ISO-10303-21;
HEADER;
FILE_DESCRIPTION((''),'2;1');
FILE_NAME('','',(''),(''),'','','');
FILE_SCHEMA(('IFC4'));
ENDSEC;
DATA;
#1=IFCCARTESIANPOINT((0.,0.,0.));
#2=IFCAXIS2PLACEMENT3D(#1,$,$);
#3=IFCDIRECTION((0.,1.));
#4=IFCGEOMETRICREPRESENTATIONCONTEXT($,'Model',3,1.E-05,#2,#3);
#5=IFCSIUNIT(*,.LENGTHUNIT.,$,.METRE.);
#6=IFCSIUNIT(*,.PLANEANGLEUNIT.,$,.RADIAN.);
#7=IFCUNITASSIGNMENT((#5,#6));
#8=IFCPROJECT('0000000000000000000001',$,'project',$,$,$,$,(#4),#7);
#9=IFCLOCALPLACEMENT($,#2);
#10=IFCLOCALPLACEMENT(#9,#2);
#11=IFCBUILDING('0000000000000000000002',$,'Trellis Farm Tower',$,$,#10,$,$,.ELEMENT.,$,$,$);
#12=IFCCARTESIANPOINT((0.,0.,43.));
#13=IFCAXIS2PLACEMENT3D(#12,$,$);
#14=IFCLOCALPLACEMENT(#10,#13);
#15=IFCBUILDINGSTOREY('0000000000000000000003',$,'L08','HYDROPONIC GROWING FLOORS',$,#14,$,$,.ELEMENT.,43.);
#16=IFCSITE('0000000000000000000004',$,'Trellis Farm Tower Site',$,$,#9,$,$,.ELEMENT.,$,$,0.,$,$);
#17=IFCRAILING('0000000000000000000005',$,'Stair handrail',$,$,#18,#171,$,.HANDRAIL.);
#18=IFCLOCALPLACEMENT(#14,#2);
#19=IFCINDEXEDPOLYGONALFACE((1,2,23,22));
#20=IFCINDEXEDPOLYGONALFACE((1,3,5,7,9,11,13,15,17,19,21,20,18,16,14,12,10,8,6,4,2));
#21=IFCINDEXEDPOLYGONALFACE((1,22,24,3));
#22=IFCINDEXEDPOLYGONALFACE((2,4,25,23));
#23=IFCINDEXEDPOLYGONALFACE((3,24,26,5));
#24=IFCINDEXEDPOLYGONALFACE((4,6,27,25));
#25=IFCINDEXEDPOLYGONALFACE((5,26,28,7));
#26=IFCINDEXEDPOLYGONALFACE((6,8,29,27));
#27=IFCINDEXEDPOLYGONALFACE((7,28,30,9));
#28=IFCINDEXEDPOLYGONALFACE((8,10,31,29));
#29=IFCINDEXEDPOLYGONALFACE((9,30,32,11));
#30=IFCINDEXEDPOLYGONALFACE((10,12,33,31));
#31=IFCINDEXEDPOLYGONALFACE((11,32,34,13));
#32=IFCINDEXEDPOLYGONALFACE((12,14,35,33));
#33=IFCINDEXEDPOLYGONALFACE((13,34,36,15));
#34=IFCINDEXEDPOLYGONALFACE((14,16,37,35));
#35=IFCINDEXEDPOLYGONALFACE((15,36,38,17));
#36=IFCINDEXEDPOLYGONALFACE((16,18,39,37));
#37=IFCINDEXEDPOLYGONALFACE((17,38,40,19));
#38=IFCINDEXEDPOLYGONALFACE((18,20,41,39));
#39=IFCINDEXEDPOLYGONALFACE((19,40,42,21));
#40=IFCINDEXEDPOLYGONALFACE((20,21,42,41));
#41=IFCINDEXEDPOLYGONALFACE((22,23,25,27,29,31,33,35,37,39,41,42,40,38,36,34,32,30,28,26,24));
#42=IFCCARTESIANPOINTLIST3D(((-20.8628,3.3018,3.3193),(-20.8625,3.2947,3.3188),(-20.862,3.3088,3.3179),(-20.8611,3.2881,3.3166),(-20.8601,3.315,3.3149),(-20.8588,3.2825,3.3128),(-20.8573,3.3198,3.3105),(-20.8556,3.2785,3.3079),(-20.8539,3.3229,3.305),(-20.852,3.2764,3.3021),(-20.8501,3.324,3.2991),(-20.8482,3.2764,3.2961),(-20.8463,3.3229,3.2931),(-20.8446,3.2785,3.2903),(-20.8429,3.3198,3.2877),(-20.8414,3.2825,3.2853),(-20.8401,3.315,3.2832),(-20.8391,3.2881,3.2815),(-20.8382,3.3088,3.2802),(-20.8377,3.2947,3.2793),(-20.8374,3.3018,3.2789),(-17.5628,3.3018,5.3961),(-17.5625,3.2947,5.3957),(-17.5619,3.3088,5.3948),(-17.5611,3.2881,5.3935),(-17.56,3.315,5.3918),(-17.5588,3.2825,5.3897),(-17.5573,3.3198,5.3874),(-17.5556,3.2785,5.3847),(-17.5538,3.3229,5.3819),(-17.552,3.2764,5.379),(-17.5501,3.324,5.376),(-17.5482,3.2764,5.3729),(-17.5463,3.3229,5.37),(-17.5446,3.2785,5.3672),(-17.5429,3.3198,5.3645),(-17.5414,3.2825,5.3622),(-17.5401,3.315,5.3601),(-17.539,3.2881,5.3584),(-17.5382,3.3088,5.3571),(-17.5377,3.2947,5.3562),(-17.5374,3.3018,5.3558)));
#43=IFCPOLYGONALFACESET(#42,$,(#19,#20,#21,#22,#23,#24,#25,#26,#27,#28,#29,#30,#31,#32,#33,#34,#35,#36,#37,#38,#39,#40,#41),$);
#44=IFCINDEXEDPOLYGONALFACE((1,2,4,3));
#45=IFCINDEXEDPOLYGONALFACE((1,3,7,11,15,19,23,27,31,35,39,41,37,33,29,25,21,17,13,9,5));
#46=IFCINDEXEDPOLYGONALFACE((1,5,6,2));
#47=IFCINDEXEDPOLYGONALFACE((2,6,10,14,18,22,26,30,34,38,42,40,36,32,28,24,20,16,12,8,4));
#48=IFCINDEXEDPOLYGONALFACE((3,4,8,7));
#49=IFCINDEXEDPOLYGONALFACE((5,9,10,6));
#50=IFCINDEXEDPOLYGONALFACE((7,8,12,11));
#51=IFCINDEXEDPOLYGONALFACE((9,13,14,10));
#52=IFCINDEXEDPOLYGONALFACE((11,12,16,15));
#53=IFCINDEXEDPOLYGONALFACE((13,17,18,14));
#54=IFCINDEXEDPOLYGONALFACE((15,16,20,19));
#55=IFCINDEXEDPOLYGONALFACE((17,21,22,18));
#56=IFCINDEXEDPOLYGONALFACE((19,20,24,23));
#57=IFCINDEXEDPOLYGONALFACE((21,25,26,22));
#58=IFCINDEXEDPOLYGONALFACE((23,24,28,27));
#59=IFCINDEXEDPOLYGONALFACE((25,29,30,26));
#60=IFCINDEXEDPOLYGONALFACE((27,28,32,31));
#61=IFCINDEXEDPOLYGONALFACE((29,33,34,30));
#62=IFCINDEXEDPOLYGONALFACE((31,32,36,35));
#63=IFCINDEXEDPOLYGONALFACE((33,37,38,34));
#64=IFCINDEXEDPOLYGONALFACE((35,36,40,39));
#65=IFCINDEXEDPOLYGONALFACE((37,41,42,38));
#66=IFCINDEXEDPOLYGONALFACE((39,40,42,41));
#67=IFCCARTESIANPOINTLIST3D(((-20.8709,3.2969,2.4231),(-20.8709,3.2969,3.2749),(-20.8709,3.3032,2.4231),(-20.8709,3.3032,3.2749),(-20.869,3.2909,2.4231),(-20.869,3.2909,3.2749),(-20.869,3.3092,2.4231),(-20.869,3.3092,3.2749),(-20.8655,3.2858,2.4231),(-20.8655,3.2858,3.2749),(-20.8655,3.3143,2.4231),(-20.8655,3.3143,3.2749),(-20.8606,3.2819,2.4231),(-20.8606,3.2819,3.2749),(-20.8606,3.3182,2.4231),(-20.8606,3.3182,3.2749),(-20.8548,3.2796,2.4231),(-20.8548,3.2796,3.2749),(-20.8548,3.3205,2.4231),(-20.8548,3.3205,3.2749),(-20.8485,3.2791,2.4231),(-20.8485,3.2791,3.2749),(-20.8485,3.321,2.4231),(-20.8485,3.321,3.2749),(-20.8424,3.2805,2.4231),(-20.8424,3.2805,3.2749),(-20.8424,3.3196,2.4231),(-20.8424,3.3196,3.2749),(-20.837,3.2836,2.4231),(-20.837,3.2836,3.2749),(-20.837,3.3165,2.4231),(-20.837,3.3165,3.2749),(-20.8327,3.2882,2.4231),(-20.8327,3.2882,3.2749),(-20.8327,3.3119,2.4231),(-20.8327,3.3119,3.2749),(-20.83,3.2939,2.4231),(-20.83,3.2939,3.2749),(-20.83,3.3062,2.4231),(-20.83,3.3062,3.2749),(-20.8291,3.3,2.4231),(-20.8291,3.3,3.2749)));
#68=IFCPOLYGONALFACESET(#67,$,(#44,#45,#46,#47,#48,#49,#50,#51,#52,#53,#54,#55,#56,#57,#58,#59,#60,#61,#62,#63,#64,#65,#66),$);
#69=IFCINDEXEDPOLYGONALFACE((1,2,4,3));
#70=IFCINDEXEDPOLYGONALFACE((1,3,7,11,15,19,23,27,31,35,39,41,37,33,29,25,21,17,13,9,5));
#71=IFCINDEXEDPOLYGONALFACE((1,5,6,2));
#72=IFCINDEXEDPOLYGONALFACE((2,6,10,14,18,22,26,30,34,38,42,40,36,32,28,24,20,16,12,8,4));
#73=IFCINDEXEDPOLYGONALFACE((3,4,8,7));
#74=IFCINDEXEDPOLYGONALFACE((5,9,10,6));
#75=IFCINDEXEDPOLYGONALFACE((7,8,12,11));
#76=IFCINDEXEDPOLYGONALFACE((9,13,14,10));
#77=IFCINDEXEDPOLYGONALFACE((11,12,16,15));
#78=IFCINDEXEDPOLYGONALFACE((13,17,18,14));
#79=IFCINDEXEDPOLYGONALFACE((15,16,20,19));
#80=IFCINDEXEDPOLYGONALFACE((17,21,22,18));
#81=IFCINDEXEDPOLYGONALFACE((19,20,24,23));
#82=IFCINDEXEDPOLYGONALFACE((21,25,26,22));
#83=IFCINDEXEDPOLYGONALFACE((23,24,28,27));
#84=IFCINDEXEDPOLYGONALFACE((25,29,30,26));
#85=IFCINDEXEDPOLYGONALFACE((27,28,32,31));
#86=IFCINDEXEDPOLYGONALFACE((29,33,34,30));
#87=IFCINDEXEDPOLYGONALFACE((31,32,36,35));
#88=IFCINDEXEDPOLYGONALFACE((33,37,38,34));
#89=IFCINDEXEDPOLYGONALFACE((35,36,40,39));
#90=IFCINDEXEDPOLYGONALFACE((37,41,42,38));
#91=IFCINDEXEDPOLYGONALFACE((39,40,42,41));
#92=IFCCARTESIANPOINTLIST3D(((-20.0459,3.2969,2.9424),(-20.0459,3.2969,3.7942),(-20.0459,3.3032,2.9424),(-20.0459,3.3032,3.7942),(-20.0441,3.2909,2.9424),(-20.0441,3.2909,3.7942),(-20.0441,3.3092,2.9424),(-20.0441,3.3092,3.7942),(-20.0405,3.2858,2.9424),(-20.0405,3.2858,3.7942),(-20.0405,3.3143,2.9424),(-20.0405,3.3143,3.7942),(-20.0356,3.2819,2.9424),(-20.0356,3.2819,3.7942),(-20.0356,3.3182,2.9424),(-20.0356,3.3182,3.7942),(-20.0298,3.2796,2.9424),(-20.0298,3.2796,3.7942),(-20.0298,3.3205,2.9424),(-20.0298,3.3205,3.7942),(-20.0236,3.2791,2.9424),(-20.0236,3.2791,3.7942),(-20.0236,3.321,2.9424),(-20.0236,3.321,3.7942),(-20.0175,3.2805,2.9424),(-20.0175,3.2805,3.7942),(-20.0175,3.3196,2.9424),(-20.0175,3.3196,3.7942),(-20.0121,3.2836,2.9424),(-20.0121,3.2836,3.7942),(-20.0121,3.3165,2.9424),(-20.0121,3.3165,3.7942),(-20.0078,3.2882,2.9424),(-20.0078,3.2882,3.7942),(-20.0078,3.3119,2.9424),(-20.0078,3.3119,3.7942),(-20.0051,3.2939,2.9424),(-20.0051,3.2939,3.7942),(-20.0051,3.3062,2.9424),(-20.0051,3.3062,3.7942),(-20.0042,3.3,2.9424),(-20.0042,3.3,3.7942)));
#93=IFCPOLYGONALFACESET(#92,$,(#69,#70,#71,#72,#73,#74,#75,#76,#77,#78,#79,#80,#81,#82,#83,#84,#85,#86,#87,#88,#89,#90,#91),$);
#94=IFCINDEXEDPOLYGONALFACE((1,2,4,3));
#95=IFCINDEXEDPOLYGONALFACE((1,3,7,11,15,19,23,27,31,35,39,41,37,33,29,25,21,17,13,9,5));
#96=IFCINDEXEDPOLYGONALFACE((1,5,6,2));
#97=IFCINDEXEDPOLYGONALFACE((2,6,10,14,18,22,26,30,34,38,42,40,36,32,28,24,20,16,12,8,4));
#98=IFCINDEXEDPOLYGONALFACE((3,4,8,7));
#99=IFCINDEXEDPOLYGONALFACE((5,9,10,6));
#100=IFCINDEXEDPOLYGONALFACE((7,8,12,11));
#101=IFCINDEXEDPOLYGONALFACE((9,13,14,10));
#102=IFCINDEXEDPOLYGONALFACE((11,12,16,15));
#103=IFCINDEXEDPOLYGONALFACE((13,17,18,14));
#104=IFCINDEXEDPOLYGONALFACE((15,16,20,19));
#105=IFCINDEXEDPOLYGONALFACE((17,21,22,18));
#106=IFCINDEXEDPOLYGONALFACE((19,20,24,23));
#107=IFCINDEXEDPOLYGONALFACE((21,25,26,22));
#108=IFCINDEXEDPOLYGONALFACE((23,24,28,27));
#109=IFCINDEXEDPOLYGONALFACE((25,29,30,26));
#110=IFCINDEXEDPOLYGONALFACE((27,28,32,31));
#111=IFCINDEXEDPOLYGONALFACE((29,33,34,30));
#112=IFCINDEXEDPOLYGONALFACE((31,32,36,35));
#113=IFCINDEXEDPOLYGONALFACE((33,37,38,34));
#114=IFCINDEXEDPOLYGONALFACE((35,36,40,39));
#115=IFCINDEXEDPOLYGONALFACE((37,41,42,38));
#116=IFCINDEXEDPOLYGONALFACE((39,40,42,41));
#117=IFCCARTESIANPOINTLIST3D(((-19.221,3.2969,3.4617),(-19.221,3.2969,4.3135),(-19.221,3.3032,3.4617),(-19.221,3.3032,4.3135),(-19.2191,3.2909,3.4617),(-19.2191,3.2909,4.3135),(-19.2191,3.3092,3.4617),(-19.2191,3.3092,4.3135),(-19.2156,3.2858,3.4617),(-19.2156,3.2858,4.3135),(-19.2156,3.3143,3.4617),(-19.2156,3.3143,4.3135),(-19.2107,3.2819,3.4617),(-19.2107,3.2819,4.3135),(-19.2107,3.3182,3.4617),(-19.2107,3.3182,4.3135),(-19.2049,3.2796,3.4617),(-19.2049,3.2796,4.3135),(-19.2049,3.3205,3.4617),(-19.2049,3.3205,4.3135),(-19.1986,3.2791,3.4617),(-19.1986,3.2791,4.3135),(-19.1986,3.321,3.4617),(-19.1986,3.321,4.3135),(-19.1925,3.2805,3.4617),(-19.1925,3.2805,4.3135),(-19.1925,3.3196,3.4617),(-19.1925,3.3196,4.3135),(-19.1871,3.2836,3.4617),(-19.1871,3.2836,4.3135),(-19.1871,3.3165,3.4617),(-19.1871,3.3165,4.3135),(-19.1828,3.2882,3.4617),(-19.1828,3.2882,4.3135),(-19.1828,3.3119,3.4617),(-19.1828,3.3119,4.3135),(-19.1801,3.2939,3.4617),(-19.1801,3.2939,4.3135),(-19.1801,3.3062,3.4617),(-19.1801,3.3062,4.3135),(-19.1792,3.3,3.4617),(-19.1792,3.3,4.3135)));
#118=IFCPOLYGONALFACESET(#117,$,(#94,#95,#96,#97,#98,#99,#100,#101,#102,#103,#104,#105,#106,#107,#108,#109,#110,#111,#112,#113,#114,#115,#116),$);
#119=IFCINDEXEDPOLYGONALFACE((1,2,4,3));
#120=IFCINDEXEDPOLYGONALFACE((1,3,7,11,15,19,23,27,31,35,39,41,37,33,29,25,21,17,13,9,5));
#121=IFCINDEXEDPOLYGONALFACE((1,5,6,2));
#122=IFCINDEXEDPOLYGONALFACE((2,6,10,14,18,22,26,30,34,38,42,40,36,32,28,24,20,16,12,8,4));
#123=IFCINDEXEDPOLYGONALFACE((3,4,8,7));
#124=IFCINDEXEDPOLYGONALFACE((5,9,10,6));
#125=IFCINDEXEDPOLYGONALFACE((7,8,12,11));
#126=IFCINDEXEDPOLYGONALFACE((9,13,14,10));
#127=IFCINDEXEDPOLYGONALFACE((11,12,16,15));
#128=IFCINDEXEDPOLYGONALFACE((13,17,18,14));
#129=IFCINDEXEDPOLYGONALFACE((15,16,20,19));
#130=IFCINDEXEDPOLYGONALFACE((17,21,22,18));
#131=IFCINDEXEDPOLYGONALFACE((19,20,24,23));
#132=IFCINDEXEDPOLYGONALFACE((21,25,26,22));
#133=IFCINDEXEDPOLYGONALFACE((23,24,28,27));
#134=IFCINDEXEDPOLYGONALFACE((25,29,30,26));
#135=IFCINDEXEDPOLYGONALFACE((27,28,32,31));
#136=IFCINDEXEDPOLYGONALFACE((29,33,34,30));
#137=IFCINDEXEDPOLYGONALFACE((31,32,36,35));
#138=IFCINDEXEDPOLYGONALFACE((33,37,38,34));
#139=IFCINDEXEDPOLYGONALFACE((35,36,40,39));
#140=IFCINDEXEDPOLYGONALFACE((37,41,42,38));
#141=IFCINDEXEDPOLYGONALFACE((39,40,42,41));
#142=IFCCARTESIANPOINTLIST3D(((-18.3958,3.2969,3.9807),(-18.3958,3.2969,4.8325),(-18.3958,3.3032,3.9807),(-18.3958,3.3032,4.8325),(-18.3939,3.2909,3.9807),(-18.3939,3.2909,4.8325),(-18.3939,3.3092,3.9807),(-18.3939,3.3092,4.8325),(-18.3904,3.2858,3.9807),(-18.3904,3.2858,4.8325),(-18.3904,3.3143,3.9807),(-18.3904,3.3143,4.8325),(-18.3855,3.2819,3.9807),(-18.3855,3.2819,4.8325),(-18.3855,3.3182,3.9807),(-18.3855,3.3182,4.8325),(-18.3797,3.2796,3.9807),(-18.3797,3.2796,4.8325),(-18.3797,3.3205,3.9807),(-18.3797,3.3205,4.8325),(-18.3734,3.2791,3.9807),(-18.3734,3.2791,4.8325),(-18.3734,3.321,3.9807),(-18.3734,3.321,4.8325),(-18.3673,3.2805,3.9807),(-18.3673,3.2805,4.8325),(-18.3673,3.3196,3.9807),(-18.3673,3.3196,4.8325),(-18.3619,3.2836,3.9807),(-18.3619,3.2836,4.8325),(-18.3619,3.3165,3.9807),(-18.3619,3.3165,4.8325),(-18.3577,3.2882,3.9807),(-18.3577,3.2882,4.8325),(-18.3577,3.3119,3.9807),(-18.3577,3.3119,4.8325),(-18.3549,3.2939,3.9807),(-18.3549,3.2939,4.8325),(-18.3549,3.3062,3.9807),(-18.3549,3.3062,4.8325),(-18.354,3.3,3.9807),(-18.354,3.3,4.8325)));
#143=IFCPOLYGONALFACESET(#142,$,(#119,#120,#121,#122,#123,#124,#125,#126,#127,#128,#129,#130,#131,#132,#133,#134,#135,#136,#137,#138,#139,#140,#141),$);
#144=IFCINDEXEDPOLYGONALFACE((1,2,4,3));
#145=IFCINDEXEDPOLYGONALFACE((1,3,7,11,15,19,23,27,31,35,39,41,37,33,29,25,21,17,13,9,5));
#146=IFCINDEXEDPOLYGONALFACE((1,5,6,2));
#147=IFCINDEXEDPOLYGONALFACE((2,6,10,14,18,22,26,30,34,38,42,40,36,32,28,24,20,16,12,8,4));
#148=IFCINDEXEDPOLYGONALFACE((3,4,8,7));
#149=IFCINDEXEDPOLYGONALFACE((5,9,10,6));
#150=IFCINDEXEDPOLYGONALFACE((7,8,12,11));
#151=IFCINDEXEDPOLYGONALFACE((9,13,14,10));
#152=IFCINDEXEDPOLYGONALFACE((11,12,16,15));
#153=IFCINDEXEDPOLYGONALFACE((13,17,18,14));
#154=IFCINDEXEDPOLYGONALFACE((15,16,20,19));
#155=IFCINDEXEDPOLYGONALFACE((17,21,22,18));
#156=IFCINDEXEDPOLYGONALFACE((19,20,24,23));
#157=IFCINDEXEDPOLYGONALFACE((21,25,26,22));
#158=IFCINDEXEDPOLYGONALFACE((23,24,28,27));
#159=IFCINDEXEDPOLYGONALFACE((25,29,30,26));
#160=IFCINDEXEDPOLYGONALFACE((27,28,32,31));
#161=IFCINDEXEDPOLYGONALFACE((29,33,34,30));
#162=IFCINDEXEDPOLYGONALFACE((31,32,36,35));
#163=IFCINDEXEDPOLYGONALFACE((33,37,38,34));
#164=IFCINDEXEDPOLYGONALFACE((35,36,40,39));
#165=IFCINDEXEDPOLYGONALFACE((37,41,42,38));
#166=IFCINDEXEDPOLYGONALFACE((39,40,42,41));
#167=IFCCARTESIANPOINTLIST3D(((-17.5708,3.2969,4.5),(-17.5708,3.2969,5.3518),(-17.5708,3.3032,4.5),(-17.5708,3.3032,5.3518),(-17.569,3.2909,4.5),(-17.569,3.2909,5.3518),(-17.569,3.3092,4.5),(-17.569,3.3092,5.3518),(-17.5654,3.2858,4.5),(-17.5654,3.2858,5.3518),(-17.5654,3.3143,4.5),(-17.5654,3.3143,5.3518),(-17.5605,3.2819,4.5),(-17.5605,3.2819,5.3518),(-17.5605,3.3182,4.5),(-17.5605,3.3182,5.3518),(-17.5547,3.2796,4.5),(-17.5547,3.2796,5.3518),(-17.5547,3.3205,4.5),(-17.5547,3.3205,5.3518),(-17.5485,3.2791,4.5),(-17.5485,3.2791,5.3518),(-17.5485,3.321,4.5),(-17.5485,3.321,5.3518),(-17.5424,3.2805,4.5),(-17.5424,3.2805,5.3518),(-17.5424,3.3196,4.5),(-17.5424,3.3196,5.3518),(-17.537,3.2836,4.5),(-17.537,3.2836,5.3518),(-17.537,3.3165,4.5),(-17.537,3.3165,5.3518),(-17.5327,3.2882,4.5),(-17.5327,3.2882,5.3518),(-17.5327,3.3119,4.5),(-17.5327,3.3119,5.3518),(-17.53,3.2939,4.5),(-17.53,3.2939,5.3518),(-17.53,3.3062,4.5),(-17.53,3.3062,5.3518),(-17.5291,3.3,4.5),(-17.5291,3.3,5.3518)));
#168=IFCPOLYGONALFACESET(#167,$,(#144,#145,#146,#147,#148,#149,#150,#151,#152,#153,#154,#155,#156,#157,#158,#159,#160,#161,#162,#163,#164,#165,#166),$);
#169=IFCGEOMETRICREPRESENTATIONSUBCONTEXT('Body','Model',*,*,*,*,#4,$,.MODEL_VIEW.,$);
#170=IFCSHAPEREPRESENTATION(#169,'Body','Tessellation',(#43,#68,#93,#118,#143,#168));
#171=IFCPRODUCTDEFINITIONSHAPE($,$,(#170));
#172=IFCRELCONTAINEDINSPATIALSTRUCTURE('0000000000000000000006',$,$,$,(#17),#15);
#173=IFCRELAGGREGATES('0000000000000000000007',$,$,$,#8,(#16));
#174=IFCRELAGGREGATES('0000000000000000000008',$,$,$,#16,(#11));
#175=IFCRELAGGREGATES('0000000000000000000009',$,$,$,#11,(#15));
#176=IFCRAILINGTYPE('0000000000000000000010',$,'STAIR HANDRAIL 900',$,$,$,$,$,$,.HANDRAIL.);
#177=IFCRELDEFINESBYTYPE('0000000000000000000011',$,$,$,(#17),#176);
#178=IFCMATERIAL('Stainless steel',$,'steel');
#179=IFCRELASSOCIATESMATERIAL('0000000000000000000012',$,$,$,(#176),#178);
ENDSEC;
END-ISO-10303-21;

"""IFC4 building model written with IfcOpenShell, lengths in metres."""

from ifc_helpers import new_model, si_unit, direction, frame, origin, origin_2d, place, context, subcontext, project, spatial, circle, extrude, source, transform, mapped, material, type_object, element, save


model = new_model("IFC4")

# Units and contexts
model_context = context("Model", 3, precision=1e-05, world=origin(), true_north=direction((0.0, 1.0)))
body_context = subcontext(model_context, "Body", "Model", "MODEL_VIEW")
ifc_project = project(units=[si_unit("LENGTHUNIT", "METRE"), si_unit("PLANEANGLEUNIT", "RADIAN")], contexts=[model_context])

# Site, building, storey
site_placement = place(None, origin())
site = spatial("IfcSite", under=ifc_project, at=site_placement, Name="Trellis Farm Tower Site", CompositionType="ELEMENT", RefElevation=0.0)
building_placement = place(site_placement, origin())
building = spatial("IfcBuilding", under=site, at=building_placement, Name="Trellis Farm Tower", CompositionType="ELEMENT")
storey_placement = place(building_placement, frame((0.0, 0.0, 43.0)))
storey = spatial("IfcBuildingStorey", under=building, at=storey_placement, Name="L08", Description="HYDROPONIC GROWING FLOORS", CompositionType="ELEMENT", Elevation=43.0)

# Shared definitions
ifc_material_1 = material(Name="Stainless steel", Category="steel")

# Railing
railing_type = type_object("IfcRailingType", Name="STAIR HANDRAIL 900", PredefinedType="HANDRAIL", material=ifc_material_1)
shared_shape_1 = source(origin(), body_context, "Body", "SweptSolid", [
    extrude(circle(Radius=0.0239, at=origin_2d()), frame((0.0, 0.0, 0.876), z_axis=(0.846337, 0.0, 0.532647), x_axis=(0.0, 1.0, 0.0)), (0.0, 0.0, 1.0), 3.8992),
    extrude(circle(Radius=0.021, at=origin_2d()), origin(), (0.0, 0.0, 1.0), 0.8518),
    extrude(circle(Radius=0.021, at=origin_2d()), frame((0.825, 0.0, 0.5193)), (0.0, 0.0, 1.0), 0.8518),
    extrude(circle(Radius=0.021, at=origin_2d()), frame((1.6499, 0.0, 1.0386)), (0.0, 0.0, 1.0), 0.8518),
    extrude(circle(Radius=0.021, at=origin_2d()), frame((2.4751, 0.0, 1.5576)), (0.0, 0.0, 1.0), 0.8518),
    extrude(circle(Radius=0.021, at=origin_2d()), frame((3.3, 0.0, 2.0769)), (0.0, 0.0, 1.0), 0.8518),
])
for number, where, name in (
    (1, (-20.8501, 3.3, 2.4231), "Stair handrail"),
):
    element("IfcRailing", number, at=place(storey_placement, frame(where)), inside=storey, type_object=railing_type, Name=name, PredefinedType="HANDRAIL", context=body_context, shape_type="MappedRepresentation", body=[
        mapped(shared_shape_1, transform((0.0, 0.0, 0.0))),
    ])

save(model, "model.ifc")
